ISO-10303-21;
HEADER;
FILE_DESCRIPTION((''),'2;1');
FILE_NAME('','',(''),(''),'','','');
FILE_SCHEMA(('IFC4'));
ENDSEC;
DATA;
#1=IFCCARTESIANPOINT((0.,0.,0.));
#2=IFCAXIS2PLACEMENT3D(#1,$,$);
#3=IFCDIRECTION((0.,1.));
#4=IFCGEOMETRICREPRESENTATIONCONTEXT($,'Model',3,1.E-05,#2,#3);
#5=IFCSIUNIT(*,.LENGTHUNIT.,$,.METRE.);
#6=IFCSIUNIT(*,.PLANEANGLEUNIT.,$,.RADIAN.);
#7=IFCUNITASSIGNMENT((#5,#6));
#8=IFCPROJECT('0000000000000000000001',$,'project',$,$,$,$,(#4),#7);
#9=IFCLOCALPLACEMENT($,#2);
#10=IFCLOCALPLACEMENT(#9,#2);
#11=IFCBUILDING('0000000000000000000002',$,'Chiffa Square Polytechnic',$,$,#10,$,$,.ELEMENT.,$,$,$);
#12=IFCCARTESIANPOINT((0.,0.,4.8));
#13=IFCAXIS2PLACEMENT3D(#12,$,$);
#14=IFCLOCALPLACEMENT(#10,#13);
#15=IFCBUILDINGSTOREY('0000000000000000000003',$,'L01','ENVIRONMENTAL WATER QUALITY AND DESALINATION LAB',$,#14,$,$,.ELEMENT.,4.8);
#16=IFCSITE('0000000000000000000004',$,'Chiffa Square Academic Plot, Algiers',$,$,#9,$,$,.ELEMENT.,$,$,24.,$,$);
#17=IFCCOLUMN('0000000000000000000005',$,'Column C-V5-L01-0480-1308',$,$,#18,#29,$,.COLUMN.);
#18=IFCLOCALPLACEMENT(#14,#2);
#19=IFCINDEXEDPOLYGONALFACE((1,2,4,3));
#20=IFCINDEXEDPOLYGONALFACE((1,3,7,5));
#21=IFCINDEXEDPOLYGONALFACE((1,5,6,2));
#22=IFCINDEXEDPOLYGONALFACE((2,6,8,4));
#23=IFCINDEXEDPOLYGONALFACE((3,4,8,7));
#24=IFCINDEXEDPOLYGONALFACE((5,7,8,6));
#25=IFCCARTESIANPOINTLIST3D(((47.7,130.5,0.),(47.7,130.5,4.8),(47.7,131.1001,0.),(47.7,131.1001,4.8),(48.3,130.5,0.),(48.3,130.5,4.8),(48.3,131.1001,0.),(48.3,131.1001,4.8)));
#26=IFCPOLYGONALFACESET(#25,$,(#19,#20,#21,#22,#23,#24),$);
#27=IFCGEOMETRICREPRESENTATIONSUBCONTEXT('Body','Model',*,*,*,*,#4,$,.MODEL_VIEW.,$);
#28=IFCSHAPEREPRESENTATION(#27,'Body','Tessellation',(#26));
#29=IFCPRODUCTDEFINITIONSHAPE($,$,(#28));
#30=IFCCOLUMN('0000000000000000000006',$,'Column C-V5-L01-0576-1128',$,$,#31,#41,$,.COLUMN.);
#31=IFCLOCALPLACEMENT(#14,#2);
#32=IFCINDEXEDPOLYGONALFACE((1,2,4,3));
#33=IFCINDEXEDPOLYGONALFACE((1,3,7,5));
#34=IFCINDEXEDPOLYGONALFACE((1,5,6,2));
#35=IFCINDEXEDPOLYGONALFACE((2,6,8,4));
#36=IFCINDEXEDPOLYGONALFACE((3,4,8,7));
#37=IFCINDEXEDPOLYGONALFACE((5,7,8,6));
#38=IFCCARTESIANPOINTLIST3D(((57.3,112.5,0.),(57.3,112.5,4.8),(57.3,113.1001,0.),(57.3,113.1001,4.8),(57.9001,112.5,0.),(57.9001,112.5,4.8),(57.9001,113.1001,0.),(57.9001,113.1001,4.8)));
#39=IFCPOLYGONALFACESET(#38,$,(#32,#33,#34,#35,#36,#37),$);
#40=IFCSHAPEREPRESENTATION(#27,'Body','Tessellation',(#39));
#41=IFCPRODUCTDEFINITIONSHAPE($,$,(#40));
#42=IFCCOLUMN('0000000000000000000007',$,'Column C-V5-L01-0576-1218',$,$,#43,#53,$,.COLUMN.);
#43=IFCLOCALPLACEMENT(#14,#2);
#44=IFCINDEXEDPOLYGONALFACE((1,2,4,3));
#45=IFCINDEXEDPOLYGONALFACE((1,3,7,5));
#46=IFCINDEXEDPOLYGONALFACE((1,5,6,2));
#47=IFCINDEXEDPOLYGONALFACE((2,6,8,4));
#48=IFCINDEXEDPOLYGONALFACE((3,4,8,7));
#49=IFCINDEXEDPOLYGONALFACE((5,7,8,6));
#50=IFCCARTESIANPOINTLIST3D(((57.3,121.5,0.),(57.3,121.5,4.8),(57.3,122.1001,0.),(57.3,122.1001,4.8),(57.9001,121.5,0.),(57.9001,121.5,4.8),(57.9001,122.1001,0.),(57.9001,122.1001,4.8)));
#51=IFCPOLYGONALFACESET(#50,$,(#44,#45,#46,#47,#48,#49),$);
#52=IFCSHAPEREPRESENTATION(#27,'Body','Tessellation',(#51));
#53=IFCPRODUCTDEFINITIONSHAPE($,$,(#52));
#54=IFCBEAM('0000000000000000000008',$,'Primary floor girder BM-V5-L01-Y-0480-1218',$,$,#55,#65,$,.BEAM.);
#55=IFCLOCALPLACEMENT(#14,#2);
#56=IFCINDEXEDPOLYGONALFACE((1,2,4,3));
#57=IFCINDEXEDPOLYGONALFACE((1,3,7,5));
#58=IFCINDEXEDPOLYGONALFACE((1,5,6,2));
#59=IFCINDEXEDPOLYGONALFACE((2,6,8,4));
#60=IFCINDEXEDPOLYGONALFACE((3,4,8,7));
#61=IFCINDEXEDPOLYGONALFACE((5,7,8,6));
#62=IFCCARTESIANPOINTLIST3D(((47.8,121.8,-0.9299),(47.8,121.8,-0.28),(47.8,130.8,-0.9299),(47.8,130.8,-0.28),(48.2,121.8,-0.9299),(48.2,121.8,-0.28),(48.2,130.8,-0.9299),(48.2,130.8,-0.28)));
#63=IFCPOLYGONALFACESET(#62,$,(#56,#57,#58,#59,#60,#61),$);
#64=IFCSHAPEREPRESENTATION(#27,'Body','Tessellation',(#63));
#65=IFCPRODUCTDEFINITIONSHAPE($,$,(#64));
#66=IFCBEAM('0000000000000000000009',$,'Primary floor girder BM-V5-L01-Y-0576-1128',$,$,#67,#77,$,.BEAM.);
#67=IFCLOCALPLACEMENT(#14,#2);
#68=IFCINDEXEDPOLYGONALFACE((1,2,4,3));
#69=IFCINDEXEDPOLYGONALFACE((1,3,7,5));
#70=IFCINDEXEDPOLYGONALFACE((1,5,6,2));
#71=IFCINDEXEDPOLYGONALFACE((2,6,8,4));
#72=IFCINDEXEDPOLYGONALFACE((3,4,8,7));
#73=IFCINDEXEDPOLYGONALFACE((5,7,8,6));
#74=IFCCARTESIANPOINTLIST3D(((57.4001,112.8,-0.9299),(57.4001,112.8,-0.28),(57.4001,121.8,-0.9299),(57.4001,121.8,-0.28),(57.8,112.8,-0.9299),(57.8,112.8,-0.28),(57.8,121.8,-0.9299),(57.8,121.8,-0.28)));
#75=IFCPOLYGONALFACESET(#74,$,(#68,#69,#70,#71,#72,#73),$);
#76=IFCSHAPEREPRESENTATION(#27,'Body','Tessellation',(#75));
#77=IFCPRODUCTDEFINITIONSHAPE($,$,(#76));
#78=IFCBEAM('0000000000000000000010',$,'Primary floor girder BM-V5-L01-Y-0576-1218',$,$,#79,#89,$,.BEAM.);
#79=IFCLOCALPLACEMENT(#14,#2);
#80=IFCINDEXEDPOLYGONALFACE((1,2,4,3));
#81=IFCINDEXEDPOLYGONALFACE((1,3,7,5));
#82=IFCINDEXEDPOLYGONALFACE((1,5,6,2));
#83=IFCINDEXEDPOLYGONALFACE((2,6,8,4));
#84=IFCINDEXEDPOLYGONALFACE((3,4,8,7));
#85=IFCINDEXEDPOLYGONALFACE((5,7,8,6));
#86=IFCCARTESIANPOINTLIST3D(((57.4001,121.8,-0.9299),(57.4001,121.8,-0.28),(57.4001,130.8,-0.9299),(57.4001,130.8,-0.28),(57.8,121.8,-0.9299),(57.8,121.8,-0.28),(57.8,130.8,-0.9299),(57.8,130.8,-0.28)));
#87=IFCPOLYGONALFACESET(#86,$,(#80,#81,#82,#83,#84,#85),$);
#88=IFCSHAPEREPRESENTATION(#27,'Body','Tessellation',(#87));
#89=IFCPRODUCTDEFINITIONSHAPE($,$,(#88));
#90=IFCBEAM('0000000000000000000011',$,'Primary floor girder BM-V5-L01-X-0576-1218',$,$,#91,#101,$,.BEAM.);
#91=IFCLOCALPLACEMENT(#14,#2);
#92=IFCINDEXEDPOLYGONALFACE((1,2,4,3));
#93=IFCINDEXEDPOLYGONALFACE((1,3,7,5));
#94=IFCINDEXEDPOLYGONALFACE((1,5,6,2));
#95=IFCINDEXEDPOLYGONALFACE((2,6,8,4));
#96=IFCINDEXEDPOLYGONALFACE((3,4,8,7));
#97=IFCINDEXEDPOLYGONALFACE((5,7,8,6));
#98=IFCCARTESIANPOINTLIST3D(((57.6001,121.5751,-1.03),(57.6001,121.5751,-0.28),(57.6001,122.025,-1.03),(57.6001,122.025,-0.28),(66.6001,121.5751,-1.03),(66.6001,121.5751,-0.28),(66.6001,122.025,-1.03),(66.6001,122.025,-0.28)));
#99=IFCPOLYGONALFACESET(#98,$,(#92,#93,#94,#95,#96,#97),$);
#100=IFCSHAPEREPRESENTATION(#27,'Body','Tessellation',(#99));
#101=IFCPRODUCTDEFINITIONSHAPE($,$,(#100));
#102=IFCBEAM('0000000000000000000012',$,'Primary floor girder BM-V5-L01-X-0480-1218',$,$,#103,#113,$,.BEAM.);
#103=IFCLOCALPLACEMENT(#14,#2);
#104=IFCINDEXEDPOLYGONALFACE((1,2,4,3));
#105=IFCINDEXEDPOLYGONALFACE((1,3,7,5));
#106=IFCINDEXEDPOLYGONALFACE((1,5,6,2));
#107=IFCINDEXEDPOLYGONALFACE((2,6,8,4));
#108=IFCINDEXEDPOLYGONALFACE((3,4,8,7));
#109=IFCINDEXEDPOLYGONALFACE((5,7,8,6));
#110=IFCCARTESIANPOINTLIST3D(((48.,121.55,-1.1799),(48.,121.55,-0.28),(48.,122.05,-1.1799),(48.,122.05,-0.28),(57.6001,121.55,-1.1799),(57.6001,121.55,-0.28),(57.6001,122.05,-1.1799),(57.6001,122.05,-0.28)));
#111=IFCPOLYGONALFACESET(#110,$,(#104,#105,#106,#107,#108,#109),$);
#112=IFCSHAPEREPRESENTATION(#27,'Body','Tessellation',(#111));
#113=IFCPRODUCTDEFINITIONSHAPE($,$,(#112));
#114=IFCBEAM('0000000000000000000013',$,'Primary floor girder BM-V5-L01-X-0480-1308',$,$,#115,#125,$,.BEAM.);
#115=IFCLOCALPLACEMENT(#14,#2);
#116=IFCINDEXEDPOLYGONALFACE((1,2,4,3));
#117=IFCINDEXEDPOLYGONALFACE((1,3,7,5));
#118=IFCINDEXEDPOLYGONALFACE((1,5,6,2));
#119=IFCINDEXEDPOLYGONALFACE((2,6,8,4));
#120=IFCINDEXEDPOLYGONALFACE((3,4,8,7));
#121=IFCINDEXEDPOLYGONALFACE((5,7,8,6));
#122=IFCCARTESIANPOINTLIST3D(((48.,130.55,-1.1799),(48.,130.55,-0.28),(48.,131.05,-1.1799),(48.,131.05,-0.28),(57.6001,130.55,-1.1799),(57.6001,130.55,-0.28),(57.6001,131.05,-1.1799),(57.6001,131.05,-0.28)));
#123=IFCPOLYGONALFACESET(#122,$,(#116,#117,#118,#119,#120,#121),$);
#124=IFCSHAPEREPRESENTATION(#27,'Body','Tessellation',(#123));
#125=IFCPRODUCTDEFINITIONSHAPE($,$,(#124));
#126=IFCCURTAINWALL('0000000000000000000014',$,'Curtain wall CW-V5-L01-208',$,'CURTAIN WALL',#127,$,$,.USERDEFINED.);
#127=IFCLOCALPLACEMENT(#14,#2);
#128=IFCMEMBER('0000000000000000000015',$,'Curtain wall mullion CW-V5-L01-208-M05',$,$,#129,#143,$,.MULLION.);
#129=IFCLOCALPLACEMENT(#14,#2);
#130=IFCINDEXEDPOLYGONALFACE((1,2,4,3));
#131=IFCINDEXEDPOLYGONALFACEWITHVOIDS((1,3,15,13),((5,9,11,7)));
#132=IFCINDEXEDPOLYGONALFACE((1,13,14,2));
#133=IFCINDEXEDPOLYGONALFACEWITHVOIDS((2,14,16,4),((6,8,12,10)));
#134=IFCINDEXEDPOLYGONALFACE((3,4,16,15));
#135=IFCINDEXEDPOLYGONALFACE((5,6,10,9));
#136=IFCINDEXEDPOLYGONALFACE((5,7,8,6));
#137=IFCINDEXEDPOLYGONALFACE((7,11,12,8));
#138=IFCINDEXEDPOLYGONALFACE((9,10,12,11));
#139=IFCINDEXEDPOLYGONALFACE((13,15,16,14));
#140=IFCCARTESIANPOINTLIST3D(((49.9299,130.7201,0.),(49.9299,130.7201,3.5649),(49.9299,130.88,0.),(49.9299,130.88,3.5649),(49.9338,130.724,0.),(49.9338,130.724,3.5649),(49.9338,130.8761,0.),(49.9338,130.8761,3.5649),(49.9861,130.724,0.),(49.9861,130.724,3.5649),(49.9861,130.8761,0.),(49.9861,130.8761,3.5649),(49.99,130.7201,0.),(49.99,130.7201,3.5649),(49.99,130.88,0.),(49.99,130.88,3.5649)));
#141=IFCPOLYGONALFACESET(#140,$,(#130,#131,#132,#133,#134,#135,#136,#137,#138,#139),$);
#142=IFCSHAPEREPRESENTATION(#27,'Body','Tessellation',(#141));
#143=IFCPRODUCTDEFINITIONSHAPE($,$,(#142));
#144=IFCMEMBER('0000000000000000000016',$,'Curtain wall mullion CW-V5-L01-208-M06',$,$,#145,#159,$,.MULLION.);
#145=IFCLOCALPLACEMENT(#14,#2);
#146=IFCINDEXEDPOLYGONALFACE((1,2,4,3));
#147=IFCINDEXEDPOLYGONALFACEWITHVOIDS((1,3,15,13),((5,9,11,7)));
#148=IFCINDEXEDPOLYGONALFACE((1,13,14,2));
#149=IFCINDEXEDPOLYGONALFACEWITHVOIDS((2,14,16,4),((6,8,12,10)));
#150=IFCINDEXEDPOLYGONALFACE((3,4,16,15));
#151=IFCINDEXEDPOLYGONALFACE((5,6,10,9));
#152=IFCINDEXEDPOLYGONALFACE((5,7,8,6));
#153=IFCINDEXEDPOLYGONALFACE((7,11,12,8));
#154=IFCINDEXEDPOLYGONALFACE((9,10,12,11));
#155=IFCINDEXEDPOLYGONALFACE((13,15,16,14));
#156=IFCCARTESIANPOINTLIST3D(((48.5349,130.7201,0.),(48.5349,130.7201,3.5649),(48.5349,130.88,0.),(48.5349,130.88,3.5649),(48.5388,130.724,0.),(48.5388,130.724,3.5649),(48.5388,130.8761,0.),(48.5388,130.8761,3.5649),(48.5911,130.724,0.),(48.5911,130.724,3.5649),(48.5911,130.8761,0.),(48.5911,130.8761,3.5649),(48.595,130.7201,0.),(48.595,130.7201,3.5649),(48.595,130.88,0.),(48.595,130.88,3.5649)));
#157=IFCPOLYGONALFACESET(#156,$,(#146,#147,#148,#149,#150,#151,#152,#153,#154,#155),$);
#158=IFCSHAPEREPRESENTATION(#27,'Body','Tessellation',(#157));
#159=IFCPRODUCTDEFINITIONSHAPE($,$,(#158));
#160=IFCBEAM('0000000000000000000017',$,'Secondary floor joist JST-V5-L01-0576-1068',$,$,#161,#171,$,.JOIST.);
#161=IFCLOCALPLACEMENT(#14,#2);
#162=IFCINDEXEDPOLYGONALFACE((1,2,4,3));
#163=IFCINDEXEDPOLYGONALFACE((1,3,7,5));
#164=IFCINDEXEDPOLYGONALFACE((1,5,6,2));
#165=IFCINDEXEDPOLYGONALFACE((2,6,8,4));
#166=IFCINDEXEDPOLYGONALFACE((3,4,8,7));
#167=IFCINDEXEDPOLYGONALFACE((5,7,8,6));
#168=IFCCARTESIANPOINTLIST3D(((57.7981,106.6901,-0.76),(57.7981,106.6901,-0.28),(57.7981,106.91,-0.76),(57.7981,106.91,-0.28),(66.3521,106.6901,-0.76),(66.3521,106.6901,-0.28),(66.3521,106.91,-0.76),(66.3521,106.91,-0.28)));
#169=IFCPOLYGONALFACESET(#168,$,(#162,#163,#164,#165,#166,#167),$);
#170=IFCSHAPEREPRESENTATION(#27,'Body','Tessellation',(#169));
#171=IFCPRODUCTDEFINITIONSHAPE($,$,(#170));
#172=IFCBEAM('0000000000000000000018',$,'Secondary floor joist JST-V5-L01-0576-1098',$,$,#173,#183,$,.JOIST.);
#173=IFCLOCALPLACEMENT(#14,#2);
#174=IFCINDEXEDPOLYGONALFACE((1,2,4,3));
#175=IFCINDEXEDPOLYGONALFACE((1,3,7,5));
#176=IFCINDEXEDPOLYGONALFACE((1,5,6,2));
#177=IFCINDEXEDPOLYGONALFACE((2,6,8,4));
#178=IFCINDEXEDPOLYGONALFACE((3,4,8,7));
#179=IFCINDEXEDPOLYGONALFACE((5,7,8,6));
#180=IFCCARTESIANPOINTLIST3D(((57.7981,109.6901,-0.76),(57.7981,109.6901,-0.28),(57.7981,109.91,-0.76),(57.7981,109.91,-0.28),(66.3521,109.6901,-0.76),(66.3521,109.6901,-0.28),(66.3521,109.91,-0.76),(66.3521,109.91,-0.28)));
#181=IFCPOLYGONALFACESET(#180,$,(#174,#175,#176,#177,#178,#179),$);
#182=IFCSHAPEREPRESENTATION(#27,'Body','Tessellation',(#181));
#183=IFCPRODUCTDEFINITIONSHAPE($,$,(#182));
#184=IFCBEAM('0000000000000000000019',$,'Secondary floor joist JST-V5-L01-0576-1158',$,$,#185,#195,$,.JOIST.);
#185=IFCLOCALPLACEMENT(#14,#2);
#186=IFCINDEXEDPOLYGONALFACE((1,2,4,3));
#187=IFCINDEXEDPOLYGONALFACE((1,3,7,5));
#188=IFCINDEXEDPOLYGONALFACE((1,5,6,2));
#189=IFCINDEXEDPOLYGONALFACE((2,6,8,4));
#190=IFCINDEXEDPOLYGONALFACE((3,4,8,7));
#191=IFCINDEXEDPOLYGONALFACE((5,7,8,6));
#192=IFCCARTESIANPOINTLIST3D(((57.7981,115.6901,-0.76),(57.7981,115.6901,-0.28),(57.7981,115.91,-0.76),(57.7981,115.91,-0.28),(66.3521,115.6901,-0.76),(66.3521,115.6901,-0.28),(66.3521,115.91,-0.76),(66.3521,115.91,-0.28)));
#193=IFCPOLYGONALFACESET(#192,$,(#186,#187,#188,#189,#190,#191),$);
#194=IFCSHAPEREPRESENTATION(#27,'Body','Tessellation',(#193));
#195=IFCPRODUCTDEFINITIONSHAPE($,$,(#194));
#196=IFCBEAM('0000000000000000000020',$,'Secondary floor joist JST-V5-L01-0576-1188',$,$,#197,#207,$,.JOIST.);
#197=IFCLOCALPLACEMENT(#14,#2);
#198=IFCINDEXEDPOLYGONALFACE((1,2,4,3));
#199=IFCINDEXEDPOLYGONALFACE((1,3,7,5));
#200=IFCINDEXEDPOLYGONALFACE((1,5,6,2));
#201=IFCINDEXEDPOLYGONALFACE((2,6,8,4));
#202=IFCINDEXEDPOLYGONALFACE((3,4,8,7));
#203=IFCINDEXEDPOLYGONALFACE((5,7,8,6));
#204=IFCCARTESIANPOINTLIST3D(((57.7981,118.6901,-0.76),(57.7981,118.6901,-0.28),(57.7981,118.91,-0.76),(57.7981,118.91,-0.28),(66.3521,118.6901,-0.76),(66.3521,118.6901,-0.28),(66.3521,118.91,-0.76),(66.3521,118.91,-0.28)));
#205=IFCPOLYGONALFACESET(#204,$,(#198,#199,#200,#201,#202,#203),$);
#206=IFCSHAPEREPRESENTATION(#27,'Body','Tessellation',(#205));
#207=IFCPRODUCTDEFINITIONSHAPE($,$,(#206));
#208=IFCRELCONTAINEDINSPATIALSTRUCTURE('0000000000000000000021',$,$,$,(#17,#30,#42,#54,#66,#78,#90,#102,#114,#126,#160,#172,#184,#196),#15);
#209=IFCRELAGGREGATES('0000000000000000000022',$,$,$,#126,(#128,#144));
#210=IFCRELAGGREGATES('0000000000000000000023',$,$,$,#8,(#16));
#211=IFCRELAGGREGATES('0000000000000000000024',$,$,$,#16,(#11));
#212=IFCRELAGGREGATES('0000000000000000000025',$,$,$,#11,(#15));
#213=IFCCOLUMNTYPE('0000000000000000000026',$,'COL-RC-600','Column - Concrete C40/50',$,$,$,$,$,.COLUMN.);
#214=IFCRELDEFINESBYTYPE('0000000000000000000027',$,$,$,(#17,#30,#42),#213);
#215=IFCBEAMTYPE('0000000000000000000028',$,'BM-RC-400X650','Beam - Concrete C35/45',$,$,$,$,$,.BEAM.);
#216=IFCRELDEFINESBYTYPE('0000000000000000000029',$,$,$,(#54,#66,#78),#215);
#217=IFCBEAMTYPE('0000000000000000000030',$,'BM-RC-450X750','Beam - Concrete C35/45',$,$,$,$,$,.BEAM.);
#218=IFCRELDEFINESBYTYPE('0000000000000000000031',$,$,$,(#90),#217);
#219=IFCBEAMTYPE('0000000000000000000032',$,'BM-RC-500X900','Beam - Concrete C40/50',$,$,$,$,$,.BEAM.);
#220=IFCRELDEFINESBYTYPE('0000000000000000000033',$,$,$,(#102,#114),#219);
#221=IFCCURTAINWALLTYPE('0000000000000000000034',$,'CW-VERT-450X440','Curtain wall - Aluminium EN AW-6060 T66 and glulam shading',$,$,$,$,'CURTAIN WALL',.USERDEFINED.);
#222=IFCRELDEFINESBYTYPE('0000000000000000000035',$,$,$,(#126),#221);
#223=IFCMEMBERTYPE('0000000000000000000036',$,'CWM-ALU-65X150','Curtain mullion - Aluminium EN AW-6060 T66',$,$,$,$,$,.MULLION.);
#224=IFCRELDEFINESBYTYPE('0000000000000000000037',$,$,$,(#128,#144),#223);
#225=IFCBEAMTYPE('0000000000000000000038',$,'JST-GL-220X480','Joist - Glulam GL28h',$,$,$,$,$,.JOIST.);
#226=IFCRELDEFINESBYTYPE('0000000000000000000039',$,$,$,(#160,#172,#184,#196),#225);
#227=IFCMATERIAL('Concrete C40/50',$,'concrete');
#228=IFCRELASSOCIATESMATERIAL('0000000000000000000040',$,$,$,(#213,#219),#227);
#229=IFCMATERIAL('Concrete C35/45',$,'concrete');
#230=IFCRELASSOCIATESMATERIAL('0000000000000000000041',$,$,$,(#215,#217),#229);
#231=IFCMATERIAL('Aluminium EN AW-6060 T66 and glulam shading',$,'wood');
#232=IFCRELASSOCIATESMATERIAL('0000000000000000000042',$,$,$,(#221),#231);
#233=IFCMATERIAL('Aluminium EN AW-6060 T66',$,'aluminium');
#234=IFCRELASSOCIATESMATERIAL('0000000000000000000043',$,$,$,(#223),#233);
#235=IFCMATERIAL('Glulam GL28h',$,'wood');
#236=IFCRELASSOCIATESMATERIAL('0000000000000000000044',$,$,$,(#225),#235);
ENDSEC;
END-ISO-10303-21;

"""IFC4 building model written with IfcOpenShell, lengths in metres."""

from ifc_helpers import new_model, si_unit, direction, frame, origin, origin_2d, place, context, subcontext, project, spatial, rectangle, hollow_rectangle, extrude, material, material_profile, profile_set, type_object, element, aggregate, save


model = new_model("IFC4")

# Units and contexts
model_context = context("Model", 3, precision=1e-05, world=origin(), true_north=direction((0.0, 1.0)))
body_context = subcontext(model_context, "Body", "Model", "MODEL_VIEW")
ifc_project = project(units=[si_unit("LENGTHUNIT", "METRE"), si_unit("PLANEANGLEUNIT", "RADIAN")], contexts=[model_context])

# Site, building, storey
site_placement = place(None, origin())
site = spatial("IfcSite", under=ifc_project, at=site_placement, Name="Chiffa Square Academic Plot, Algiers", CompositionType="ELEMENT", RefElevation=24.0)
building_placement = place(site_placement, origin())
building = spatial("IfcBuilding", under=site, at=building_placement, Name="Chiffa Square Polytechnic", CompositionType="ELEMENT")
storey_placement = place(building_placement, frame((0.0, 0.0, 4.8)))
storey = spatial("IfcBuildingStorey", under=building, at=storey_placement, Name="L01", Description="ENVIRONMENTAL WATER QUALITY AND DESALINATION LAB", CompositionType="ELEMENT", Elevation=4.8)

# Columns
ifc_material_1 = material(Name="Concrete C40/50", Category="concrete")
ifc_material_profile_1 = material_profile(ifc_material_1, rectangle(XDim=0.6001, YDim=0.6001, at=origin_2d()), Name="RC 600x600")
ifc_profile_set_1 = profile_set([ifc_material_profile_1], Name="Concrete C40/50")
column_type = type_object("IfcColumnType", Name="COL-RC-600", Description="Column - Concrete C40/50", PredefinedType="COLUMN", material=ifc_profile_set_1)
for number, where, z_axis, x_axis, name in (
    (1, (48.0, 130.8, 0.0), (0.0, 0.0, 1.0), (1.0, 0.0, 0.0), "Column C-V5-L01-0480-1308"),
    (2, (57.6001, 112.8, 0.0), (0.0, 0.0, 1.0), (1.0, 0.0, 0.0), "Column C-V5-L01-0576-1128"),
    (3, (57.6001, 121.8, 0.0), (0.0, 0.0, 1.0), (1.0, 0.0, 0.0), "Column C-V5-L01-0576-1218"),
):
    element("IfcColumn", number, at=place(storey_placement, frame(where, z_axis=z_axis, x_axis=x_axis)), inside=storey, type_object=column_type, Name=name, PredefinedType="COLUMN", context=body_context, shape_type="SweptSolid", body=[
        extrude(rectangle(XDim=0.6001, YDim=0.6001, at=origin_2d()), origin(), (0.0, 0.0, 1.0), 4.8),
    ])

# Beams
ifc_material_2 = material(Name="Concrete C35/45", Category="concrete")
ifc_material_profile_2 = material_profile(ifc_material_2, rectangle(XDim=0.3999, YDim=0.6499, at=origin_2d()), Name="RC 400x650")
ifc_profile_set_2 = profile_set([ifc_material_profile_2], Name="Concrete C35/45")
beam_type_1 = type_object("IfcBeamType", Name="BM-RC-400X650", Description="Beam - Concrete C35/45", PredefinedType="BEAM", material=ifc_profile_set_2)
for number, where, z_axis, x_axis, name in (
    (4, (48.0, 121.8, -0.605), (0.0, 1.0, 0.0), (-1.0, 0.0, 0.0), "Primary floor girder BM-V5-L01-Y-0480-1218"),
    (5, (57.6001, 112.8, -0.605), (0.0, 1.0, 0.0), (-1.0, 0.0, 0.0), "Primary floor girder BM-V5-L01-Y-0576-1128"),
    (6, (57.6001, 121.8, -0.605), (0.0, 1.0, 0.0), (-1.0, 0.0, 0.0), "Primary floor girder BM-V5-L01-Y-0576-1218"),
):
    element("IfcBeam", number, at=place(storey_placement, frame(where, z_axis=z_axis, x_axis=x_axis)), inside=storey, type_object=beam_type_1, Name=name, PredefinedType="BEAM", context=body_context, shape_type="SweptSolid", body=[
        extrude(rectangle(XDim=0.3999, YDim=0.6499, at=origin_2d()), origin(), (0.0, 0.0, 1.0), 9.0),
    ])
ifc_material_profile_3 = material_profile(ifc_material_2, rectangle(XDim=0.45, YDim=0.75, at=origin_2d()), Name="RC 450x750")
ifc_profile_set_3 = profile_set([ifc_material_profile_3], Name="Concrete C35/45")
beam_type_2 = type_object("IfcBeamType", Name="BM-RC-450X750", Description="Beam - Concrete C35/45", PredefinedType="BEAM", material=ifc_profile_set_3)
beam_placement = place(storey_placement, frame((57.6001, 121.8, -0.655), z_axis=(1.0, 0.0, 0.0), x_axis=(0.0, 1.0, 0.0)))
element("IfcBeam", 7, at=beam_placement, inside=storey, type_object=beam_type_2, Name="Primary floor girder BM-V5-L01-X-0576-1218", PredefinedType="BEAM", context=body_context, shape_type="SweptSolid", body=[
    extrude(rectangle(XDim=0.45, YDim=0.75, at=origin_2d()), origin(), (0.0, 0.0, 1.0), 9.0),
])
ifc_material_profile_4 = material_profile(ifc_material_1, rectangle(XDim=0.5, YDim=0.8999, at=origin_2d()), Name="RC 500x900")
ifc_profile_set_4 = profile_set([ifc_material_profile_4], Name="Concrete C40/50")
beam_type_3 = type_object("IfcBeamType", Name="BM-RC-500X900", Description="Beam - Concrete C40/50", PredefinedType="BEAM", material=ifc_profile_set_4)
for number, where, z_axis, x_axis, name in (
    (8, (48.0, 121.8, -0.73), (1.0, 0.0, 0.0), (0.0, 1.0, 0.0), "Primary floor girder BM-V5-L01-X-0480-1218"),
    (9, (48.0, 130.8, -0.73), (1.0, 0.0, 0.0), (0.0, 1.0, 0.0), "Primary floor girder BM-V5-L01-X-0480-1308"),
):
    element("IfcBeam", number, at=place(storey_placement, frame(where, z_axis=z_axis, x_axis=x_axis)), inside=storey, type_object=beam_type_3, Name=name, PredefinedType="BEAM", context=body_context, shape_type="SweptSolid", body=[
        extrude(rectangle(XDim=0.5, YDim=0.8999, at=origin_2d()), origin(), (0.0, 0.0, 1.0), 9.6001),
    ])

# Curtain wall, members
ifc_material_3 = material(Name="Aluminium EN AW-6060 T66 and glulam shading", Category="wood")
curtain_wall_type = type_object("IfcCurtainWallType", Name="CW-VERT-450X440", Description="Curtain wall - Aluminium EN AW-6060 T66 and glulam shading", ElementType="CURTAIN WALL", PredefinedType="USERDEFINED", material=ifc_material_3)
curtain_wall_placement = place(storey_placement, origin())
curtain_wall = element("IfcCurtainWall", 10, at=curtain_wall_placement, inside=storey, type_object=curtain_wall_type, Name="Curtain wall CW-V5-L01-208", ObjectType="CURTAIN WALL", PredefinedType="USERDEFINED")
ifc_material_4 = material(Name="Aluminium EN AW-6060 T66", Category="aluminium")
ifc_material_profile_5 = material_profile(ifc_material_4, hollow_rectangle(XDim=0.0601, YDim=0.1599, WallThickness=0.0039, at=origin_2d()), Name="ALU 60x160x4")
ifc_profile_set_5 = profile_set([ifc_material_profile_5], Name="Aluminium EN AW-6060 T66")
member_type = type_object("IfcMemberType", Name="CWM-ALU-65X150", Description="Curtain mullion - Aluminium EN AW-6060 T66", PredefinedType="MULLION", material=ifc_profile_set_5)
member_1_placement = place(storey_placement, frame((49.96, 130.8, 0.0), z_axis=(0.0, 0.0, 1.0), x_axis=(1.0, 0.0, 0.0)))
member_1 = element("IfcMember", 11, at=member_1_placement, type_object=member_type, Name="Curtain wall mullion CW-V5-L01-208-M05", PredefinedType="MULLION", context=body_context, shape_type="SweptSolid", body=[
    extrude(hollow_rectangle(XDim=0.0601, YDim=0.1599, WallThickness=0.0039, at=origin_2d()), origin(), (0.0, 0.0, 1.0), 3.5649),
])
member_2_placement = place(storey_placement, frame((48.5649, 130.8, 0.0), z_axis=(0.0, 0.0, 1.0), x_axis=(1.0, 0.0, 0.0)))
member_2 = element("IfcMember", 12, at=member_2_placement, type_object=member_type, Name="Curtain wall mullion CW-V5-L01-208-M06", PredefinedType="MULLION", context=body_context, shape_type="SweptSolid", body=[
    extrude(hollow_rectangle(XDim=0.0601, YDim=0.1599, WallThickness=0.0039, at=origin_2d()), origin(), (0.0, 0.0, 1.0), 3.5649),
])

# Beams
ifc_material_5 = material(Name="Glulam GL28h", Category="wood")
ifc_material_profile_6 = material_profile(ifc_material_5, rectangle(XDim=0.22, YDim=0.48, at=origin_2d()), Name="GL28h 220x480")
ifc_profile_set_6 = profile_set([ifc_material_profile_6], Name="Glulam GL28h")
beam_type_4 = type_object("IfcBeamType", Name="JST-GL-220X480", Description="Joist - Glulam GL28h", PredefinedType="JOIST", material=ifc_profile_set_6)
for number, where, z_axis, x_axis, name in (
    (13, (57.7981, 106.8, -0.52), (1.0, 0.0, 0.0), (0.0, 1.0, 0.0), "Secondary floor joist JST-V5-L01-0576-1068"),
    (14, (57.7981, 109.8, -0.52), (1.0, 0.0, 0.0), (0.0, 1.0, 0.0), "Secondary floor joist JST-V5-L01-0576-1098"),
    (15, (57.7981, 115.8, -0.52), (1.0, 0.0, 0.0), (0.0, 1.0, 0.0), "Secondary floor joist JST-V5-L01-0576-1158"),
    (16, (57.7981, 118.8, -0.52), (1.0, 0.0, 0.0), (0.0, 1.0, 0.0), "Secondary floor joist JST-V5-L01-0576-1188"),
):
    element("IfcBeam", number, at=place(storey_placement, frame(where, z_axis=z_axis, x_axis=x_axis)), inside=storey, type_object=beam_type_4, Name=name, PredefinedType="JOIST", context=body_context, shape_type="SweptSolid", body=[
        extrude(rectangle(XDim=0.22, YDim=0.48, at=origin_2d()), origin(), (0.0, 0.0, 1.0), 8.554),
    ])

aggregate(curtain_wall, [member_1, member_2])

save(model, "model.ifc")
